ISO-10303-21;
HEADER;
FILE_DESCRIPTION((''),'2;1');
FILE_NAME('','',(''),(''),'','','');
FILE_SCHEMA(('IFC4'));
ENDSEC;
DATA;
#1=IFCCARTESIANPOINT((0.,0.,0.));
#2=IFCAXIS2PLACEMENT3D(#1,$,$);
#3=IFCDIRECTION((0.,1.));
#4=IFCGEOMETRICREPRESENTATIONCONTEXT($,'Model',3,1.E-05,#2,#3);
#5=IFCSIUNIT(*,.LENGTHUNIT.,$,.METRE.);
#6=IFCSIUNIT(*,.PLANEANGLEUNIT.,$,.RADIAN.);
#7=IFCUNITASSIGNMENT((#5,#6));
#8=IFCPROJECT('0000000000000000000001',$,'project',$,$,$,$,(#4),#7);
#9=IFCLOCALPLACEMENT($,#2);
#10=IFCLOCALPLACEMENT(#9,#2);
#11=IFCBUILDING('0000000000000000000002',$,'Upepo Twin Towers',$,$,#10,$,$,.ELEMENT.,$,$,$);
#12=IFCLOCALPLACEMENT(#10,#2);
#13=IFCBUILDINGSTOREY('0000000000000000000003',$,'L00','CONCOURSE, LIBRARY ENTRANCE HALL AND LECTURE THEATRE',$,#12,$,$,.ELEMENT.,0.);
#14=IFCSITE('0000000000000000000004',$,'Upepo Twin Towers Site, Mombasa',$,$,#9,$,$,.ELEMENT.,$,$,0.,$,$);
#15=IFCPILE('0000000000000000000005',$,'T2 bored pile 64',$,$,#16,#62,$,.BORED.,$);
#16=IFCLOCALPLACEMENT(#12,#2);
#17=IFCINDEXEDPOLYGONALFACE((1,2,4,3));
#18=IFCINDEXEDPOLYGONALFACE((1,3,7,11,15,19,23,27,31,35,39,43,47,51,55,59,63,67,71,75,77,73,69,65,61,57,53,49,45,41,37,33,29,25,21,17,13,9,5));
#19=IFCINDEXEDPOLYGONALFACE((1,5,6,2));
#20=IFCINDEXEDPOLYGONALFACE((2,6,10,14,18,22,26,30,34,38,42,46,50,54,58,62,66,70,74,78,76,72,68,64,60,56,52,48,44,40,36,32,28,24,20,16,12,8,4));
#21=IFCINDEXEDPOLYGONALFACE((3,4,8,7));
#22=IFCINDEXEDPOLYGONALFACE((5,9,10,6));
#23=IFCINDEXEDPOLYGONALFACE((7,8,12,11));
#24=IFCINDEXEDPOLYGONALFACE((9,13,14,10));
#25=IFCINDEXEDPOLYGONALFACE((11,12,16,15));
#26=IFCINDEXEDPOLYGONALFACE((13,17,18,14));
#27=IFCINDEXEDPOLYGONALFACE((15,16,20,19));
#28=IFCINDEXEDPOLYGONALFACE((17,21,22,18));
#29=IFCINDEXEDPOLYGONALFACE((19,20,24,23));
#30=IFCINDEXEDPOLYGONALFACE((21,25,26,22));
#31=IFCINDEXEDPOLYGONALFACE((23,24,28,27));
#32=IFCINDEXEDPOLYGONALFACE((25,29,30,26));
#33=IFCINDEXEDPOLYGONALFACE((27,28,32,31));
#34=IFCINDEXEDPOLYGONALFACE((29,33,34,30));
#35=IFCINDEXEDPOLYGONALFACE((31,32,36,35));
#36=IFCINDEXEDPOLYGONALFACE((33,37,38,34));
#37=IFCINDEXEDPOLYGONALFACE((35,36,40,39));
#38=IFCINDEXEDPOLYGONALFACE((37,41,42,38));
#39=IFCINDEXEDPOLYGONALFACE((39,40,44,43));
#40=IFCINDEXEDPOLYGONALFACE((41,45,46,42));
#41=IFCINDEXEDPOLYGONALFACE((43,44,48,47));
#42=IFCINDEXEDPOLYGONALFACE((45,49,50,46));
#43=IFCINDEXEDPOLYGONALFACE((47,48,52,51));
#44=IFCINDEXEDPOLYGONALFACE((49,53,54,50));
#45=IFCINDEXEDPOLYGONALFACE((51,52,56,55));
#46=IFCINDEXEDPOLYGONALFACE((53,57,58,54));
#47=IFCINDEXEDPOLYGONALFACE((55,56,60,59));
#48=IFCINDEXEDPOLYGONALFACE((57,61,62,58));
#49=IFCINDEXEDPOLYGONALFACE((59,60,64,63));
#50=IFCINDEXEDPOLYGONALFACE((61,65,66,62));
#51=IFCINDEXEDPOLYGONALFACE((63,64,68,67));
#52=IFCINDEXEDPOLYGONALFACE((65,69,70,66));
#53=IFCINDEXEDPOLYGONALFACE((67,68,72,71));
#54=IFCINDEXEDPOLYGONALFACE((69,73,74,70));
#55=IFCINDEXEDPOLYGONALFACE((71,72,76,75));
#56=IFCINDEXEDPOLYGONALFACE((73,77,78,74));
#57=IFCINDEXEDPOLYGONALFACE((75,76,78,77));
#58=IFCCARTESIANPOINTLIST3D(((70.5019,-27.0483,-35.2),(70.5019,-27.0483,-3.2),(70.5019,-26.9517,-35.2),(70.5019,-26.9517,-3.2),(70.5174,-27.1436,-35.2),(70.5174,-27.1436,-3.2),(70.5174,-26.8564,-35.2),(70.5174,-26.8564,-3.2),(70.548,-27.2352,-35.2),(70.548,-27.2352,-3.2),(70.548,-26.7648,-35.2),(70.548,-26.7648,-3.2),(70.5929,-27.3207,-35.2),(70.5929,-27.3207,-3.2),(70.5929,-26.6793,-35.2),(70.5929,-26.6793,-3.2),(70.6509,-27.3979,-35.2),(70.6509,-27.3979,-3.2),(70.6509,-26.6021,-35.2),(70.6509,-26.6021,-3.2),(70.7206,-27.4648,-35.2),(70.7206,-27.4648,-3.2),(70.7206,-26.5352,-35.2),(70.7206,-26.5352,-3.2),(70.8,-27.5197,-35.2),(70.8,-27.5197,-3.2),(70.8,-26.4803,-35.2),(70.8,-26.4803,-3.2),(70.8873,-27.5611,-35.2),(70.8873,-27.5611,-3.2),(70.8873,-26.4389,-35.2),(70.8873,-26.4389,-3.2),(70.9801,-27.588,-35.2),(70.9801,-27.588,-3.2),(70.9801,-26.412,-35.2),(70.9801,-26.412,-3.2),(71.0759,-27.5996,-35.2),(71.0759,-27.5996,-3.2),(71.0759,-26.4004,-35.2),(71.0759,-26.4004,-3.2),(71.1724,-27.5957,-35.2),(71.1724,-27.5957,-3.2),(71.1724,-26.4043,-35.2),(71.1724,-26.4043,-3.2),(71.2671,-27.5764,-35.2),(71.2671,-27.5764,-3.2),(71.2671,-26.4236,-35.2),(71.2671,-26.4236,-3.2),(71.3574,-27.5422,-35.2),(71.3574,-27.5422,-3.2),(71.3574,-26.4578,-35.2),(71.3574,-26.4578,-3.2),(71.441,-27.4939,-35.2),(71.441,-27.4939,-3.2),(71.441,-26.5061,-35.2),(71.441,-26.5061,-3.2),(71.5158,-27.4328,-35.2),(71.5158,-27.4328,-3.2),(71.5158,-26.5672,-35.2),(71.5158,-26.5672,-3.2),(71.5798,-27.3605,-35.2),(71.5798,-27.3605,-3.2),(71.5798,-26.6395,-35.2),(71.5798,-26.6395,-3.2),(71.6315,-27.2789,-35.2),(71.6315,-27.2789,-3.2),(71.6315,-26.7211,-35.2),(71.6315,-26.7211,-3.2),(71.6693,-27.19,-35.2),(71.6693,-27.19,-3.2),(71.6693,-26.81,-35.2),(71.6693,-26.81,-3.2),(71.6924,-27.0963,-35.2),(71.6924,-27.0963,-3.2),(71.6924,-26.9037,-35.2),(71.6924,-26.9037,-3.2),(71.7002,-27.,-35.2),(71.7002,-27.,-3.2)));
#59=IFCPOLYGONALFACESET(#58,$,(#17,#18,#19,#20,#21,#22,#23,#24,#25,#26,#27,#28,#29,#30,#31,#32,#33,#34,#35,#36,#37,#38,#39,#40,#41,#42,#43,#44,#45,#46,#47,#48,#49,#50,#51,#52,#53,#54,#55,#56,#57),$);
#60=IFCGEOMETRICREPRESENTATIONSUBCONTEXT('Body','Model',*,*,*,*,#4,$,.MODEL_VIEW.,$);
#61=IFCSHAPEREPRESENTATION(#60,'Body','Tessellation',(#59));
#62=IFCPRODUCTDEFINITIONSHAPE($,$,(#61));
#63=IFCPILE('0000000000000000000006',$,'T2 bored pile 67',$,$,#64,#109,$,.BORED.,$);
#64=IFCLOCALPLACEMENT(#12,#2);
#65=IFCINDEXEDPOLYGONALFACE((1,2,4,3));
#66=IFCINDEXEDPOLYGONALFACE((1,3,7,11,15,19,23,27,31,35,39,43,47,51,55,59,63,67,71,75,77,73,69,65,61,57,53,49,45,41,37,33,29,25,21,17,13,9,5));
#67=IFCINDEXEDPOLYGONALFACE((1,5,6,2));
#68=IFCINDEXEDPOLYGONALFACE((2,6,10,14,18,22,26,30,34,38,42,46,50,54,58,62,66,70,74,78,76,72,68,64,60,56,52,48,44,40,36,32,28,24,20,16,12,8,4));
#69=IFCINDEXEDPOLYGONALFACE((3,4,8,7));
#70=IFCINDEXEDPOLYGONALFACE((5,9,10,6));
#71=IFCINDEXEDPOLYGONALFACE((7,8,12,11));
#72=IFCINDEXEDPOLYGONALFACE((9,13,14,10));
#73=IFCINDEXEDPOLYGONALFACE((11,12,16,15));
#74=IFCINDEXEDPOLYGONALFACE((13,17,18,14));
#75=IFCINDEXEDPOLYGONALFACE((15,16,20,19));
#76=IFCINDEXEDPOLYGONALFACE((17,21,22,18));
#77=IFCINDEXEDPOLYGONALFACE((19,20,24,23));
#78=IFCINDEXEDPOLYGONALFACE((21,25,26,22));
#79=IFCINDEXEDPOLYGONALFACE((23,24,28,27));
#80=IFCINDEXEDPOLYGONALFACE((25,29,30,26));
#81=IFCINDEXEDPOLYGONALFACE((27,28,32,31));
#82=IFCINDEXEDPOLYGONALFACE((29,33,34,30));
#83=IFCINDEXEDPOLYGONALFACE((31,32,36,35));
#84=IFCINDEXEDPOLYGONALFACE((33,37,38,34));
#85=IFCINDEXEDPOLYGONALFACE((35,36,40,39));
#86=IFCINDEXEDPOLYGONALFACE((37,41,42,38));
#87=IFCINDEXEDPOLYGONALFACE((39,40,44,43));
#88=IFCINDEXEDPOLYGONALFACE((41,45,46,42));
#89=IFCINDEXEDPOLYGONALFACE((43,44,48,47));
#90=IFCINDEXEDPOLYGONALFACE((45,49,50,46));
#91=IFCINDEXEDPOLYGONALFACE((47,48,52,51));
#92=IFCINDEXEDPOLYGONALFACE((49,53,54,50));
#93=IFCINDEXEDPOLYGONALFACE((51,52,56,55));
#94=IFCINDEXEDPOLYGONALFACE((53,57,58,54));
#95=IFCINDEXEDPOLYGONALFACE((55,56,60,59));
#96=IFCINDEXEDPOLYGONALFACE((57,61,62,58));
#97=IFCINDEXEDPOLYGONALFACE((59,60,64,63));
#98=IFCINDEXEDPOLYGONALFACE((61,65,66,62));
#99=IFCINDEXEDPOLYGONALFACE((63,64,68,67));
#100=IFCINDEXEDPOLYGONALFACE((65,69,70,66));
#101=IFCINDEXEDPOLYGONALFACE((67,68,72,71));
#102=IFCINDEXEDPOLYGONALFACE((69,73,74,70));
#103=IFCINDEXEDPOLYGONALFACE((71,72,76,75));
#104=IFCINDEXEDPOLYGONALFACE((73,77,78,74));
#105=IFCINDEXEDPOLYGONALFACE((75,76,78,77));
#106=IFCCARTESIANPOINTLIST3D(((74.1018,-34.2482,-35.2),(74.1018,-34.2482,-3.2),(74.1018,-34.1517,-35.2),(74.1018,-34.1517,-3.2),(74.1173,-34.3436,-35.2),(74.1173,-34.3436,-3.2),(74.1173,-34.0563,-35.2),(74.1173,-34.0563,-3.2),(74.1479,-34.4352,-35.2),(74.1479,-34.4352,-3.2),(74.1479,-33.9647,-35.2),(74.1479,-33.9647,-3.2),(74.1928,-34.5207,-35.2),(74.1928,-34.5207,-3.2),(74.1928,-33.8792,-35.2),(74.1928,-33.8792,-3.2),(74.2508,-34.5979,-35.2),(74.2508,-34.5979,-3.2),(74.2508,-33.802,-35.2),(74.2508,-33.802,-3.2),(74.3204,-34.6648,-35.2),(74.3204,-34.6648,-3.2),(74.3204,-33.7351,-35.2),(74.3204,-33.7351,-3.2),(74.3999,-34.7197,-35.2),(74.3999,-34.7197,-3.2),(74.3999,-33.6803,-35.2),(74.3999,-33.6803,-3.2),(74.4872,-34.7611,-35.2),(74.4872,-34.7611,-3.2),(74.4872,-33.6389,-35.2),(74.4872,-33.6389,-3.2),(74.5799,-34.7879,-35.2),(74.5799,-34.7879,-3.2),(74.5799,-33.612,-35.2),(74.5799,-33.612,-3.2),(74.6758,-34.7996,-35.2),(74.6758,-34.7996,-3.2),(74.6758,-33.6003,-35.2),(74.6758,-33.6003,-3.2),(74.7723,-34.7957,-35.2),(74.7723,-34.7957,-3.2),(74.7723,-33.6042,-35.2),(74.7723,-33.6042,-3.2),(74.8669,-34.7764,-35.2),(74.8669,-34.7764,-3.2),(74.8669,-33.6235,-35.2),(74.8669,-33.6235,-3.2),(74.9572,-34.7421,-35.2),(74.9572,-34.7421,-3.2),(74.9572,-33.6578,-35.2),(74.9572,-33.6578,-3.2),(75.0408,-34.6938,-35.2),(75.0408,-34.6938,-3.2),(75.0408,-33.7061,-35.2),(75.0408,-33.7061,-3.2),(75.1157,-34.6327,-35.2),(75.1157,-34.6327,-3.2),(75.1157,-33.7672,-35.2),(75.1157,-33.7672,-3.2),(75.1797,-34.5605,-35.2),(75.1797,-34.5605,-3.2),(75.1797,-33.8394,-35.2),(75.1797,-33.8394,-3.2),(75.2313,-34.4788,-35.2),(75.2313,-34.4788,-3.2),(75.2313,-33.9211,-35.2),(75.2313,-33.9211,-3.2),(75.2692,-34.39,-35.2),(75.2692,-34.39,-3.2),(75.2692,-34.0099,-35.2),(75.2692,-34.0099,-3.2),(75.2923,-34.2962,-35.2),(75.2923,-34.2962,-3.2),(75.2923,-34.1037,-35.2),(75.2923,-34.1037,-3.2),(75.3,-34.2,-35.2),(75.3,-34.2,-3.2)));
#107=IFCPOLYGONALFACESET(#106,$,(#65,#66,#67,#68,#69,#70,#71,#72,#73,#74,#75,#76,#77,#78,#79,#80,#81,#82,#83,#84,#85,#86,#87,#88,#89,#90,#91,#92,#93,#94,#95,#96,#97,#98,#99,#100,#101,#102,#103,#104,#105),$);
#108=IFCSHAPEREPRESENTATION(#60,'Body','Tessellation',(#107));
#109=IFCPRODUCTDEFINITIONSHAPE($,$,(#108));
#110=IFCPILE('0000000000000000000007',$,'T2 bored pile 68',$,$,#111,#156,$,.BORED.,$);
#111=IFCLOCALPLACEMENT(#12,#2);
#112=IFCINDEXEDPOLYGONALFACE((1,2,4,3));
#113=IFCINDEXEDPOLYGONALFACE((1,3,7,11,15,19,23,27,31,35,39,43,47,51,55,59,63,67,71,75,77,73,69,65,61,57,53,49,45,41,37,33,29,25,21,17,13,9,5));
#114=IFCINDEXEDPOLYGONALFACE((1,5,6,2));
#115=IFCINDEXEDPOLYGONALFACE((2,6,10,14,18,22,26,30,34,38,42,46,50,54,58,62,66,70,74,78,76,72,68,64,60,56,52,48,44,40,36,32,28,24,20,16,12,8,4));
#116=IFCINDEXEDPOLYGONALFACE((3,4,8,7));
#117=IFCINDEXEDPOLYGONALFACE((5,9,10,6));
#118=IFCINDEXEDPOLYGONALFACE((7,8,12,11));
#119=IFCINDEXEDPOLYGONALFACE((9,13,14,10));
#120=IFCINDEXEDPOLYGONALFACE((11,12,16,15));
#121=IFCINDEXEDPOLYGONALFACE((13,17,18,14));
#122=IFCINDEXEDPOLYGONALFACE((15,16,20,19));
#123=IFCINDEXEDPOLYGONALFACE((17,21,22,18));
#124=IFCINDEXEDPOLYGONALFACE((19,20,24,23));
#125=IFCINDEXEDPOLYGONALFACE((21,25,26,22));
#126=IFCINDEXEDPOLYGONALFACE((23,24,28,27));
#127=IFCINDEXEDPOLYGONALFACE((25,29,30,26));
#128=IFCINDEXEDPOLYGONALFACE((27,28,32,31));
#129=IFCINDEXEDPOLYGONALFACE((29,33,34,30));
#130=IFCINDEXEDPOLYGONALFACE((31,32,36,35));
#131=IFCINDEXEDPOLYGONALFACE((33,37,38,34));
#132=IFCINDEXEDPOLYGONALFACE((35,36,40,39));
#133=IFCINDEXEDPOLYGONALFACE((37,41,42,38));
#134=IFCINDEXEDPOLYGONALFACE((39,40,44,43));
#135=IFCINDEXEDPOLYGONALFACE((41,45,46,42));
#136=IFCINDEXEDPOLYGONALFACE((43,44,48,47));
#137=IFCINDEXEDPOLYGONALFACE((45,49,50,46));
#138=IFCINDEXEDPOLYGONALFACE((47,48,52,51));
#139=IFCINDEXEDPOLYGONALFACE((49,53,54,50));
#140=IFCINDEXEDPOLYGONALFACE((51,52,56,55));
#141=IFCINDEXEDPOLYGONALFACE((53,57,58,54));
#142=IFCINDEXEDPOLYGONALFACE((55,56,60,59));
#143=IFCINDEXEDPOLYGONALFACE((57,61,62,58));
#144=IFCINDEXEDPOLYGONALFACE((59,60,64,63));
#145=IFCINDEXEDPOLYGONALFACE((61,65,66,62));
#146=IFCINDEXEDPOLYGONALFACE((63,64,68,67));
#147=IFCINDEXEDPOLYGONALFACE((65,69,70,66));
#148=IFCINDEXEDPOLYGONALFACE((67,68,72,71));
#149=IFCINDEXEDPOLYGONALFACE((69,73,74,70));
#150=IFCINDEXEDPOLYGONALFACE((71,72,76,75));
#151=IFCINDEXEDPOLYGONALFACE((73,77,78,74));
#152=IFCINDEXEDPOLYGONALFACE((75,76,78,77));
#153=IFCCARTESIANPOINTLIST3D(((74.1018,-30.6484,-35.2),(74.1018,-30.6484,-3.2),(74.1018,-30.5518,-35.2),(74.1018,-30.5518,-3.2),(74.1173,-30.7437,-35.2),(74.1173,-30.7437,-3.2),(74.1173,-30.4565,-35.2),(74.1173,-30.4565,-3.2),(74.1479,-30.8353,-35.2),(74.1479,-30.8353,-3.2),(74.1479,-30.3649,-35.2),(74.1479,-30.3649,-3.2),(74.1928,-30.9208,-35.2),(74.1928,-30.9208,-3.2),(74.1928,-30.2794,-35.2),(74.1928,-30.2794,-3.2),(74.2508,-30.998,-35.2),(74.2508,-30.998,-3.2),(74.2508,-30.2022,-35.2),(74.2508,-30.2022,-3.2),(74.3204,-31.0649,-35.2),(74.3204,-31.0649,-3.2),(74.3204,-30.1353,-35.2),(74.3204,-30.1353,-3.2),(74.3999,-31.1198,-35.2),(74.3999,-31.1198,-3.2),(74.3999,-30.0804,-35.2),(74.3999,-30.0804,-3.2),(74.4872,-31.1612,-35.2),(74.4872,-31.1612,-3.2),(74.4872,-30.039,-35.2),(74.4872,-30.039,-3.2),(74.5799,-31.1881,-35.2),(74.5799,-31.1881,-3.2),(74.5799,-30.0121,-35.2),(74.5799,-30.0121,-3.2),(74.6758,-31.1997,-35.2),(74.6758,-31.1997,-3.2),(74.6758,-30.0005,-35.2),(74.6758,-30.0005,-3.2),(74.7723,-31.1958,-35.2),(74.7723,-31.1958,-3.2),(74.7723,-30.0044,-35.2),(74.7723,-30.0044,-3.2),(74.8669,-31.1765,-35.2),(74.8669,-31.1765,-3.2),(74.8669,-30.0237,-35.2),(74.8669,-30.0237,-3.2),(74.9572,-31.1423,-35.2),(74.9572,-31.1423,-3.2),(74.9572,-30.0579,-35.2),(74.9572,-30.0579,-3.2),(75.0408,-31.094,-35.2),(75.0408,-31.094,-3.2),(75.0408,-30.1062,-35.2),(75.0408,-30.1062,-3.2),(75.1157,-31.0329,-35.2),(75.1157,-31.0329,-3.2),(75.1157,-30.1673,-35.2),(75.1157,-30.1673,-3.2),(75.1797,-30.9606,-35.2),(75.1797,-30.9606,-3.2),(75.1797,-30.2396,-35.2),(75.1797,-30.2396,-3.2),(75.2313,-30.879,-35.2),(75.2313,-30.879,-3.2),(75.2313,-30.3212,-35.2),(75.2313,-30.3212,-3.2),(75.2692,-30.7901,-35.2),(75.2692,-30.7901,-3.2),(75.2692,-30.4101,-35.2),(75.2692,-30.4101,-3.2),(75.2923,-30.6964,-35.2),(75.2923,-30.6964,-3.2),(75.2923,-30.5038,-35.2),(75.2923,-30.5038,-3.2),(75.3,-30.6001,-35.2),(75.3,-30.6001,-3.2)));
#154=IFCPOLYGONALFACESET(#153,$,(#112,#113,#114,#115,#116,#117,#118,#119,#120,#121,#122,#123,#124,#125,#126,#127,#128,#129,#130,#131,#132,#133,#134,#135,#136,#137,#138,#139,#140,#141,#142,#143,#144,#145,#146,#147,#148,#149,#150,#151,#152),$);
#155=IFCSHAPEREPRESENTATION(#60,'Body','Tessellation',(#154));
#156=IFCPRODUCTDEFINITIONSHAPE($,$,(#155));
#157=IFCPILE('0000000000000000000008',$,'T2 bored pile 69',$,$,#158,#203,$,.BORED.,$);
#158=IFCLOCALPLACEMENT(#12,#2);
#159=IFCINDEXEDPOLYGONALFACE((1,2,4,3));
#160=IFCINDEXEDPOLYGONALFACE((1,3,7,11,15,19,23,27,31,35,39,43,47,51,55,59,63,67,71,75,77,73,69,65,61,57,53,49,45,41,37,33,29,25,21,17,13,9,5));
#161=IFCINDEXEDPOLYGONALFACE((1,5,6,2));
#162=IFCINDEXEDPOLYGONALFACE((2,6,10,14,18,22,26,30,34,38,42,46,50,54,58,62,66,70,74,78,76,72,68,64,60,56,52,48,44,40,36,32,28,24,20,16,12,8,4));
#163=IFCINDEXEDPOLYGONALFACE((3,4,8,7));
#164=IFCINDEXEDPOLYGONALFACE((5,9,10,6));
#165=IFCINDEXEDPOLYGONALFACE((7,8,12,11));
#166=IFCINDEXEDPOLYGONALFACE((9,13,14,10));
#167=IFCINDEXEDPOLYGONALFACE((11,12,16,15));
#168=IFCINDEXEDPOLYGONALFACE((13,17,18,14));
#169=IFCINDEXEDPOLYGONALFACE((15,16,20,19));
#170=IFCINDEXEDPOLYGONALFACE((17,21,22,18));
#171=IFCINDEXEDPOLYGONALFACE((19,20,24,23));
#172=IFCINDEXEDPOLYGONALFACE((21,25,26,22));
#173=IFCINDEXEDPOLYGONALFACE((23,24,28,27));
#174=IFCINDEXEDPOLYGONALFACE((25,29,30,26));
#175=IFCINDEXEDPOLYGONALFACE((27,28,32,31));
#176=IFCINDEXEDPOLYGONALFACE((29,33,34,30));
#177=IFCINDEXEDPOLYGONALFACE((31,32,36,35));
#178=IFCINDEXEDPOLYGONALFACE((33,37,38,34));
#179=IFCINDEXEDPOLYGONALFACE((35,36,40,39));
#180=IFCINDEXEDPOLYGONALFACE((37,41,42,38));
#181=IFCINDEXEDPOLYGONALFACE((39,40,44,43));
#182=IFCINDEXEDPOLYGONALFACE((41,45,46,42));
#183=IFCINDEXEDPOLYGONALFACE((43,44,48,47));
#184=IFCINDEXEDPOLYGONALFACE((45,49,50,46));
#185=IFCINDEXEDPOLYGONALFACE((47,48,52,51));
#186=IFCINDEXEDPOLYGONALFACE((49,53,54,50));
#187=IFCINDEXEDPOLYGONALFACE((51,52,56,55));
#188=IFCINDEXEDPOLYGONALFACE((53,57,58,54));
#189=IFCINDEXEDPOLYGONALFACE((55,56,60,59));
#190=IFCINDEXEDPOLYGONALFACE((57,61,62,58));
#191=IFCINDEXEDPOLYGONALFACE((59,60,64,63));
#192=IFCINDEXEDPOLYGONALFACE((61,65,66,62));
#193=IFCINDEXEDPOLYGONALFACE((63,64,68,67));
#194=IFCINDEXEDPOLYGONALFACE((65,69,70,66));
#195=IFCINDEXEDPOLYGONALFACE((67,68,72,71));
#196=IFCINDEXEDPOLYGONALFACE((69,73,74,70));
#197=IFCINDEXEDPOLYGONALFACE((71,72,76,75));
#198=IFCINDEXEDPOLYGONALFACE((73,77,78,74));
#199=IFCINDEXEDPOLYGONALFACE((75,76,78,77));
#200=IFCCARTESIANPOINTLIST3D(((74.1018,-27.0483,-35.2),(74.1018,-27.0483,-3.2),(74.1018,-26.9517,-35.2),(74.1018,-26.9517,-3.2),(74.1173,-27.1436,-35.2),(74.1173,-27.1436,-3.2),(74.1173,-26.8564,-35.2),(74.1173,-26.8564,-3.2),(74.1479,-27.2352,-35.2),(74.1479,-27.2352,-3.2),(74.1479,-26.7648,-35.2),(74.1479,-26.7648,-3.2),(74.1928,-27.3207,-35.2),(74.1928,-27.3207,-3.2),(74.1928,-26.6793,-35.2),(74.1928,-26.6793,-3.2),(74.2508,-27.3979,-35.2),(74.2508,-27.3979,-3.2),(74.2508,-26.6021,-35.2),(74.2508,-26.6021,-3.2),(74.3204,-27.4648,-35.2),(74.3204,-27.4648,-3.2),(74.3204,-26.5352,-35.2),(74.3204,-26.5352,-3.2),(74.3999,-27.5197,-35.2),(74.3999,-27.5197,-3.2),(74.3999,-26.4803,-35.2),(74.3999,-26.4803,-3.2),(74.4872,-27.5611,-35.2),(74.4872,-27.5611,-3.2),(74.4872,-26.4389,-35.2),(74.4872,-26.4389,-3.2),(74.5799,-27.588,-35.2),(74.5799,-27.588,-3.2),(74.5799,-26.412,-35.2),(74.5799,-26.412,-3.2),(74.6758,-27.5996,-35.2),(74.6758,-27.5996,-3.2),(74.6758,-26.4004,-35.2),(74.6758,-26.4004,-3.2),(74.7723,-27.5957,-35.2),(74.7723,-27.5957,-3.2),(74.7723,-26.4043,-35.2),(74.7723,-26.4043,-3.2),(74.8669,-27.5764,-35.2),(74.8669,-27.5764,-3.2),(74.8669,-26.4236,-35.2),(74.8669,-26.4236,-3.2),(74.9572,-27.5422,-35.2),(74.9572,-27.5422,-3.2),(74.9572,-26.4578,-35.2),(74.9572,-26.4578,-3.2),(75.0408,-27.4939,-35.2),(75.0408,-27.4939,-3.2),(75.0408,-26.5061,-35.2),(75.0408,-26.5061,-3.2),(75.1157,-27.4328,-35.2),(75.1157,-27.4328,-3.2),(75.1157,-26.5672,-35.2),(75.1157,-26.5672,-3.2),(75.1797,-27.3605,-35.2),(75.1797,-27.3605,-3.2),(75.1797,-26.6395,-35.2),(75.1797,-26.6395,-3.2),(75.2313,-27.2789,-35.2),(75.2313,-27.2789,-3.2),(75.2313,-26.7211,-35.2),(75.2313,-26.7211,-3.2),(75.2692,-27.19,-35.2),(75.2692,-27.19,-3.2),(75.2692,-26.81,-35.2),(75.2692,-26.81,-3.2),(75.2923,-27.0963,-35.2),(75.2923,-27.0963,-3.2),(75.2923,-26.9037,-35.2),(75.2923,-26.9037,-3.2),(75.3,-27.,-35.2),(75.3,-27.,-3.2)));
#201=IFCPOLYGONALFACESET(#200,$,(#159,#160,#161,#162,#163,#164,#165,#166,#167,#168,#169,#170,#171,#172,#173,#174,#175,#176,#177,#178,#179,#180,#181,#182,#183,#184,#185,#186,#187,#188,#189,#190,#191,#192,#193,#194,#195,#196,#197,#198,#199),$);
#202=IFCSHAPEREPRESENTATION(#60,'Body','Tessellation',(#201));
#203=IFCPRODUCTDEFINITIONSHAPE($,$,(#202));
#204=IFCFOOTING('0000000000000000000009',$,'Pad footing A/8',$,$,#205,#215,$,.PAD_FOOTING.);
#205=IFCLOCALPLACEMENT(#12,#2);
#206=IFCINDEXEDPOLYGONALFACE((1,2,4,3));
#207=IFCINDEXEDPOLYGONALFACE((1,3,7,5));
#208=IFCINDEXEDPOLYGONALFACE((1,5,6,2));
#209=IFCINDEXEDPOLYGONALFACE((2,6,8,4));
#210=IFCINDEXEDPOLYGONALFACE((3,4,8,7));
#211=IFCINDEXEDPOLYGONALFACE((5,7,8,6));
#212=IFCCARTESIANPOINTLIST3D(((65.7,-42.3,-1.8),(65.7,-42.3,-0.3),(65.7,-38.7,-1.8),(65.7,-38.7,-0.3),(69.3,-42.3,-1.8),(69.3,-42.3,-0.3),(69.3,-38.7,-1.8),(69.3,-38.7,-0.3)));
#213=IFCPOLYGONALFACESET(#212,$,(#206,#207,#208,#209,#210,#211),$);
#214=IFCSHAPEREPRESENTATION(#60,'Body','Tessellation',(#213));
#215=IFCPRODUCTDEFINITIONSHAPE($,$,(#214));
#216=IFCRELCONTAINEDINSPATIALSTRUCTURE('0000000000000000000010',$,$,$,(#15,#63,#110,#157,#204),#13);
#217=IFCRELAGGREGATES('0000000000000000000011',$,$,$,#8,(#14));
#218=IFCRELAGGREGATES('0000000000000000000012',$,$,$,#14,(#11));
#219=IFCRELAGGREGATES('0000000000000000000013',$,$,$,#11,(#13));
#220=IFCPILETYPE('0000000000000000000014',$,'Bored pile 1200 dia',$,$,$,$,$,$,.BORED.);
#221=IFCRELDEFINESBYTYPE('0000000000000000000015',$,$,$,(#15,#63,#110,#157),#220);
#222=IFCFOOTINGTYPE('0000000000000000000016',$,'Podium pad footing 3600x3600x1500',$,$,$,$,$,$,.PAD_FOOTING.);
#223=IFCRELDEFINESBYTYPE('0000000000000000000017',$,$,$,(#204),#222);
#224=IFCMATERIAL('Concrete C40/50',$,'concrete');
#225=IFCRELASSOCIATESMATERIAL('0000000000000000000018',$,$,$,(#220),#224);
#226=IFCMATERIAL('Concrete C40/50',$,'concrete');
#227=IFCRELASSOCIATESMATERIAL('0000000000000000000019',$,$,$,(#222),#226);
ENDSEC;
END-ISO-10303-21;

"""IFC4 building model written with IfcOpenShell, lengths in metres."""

from ifc_helpers import new_model, si_unit, direction, frame, origin, origin_2d, place, context, subcontext, project, spatial, rectangle, circle, extrude, material, type_object, element, save


model = new_model("IFC4")

# Units and contexts
model_context = context("Model", 3, precision=1e-05, world=origin(), true_north=direction((0.0, 1.0)))
body_context = subcontext(model_context, "Body", "Model", "MODEL_VIEW")
ifc_project = project(units=[si_unit("LENGTHUNIT", "METRE"), si_unit("PLANEANGLEUNIT", "RADIAN")], contexts=[model_context])

# Site, building, storey
site_placement = place(None, origin())
site = spatial("IfcSite", under=ifc_project, at=site_placement, Name="Upepo Twin Towers Site, Mombasa", CompositionType="ELEMENT", RefElevation=0.0)
building_placement = place(site_placement, origin())
building = spatial("IfcBuilding", under=site, at=building_placement, Name="Upepo Twin Towers", CompositionType="ELEMENT")
storey_placement = place(building_placement, origin())
storey = spatial("IfcBuildingStorey", under=building, at=storey_placement, Name="L00", Description="CONCOURSE, LIBRARY ENTRANCE HALL AND LECTURE THEATRE", CompositionType="ELEMENT", Elevation=0.0)

# Piles
ifc_material_1 = material(Name="Concrete C40/50", Category="concrete")
pile_type = type_object("IfcPileType", Name="Bored pile 1200 dia", PredefinedType="BORED", material=ifc_material_1)
for number, where, z_axis, x_axis, name in (
    (1, (71.1001, -27.0, -3.2), (0.0, 0.0, -1.0), (1.0, 0.0, 0.0), "T2 bored pile 64"),
    (2, (74.7, -34.2, -3.2), (0.0, 0.0, -1.0), (1.0, 0.0, 0.0), "T2 bored pile 67"),
    (3, (74.7, -30.6001, -3.2), (0.0, 0.0, -1.0), (1.0, 0.0, 0.0), "T2 bored pile 68"),
    (4, (74.7, -27.0, -3.2), (0.0, 0.0, -1.0), (1.0, 0.0, 0.0), "T2 bored pile 69"),
):
    element("IfcPile", number, at=place(storey_placement, frame(where, z_axis=z_axis, x_axis=x_axis)), inside=storey, type_object=pile_type, Name=name, PredefinedType="BORED", context=body_context, shape_type="SweptSolid", body=[
        extrude(circle(Radius=0.6001, at=origin_2d()), origin(), (0.0, 0.0, 1.0), 32.0),
    ])

# Footing
ifc_material_2 = material(Name="Concrete C40/50", Category="concrete")
footing_type = type_object("IfcFootingType", Name="Podium pad footing 3600x3600x1500", PredefinedType="PAD_FOOTING", material=ifc_material_2)
footing_placement = place(storey_placement, frame((67.5, -40.5, -1.8), z_axis=(0.0, 0.0, 1.0), x_axis=(1.0, 0.0, 0.0)))
element("IfcFooting", 5, at=footing_placement, inside=storey, type_object=footing_type, Name="Pad footing A/8", PredefinedType="PAD_FOOTING", context=body_context, shape_type="SweptSolid", body=[
    extrude(rectangle(XDim=3.6001, YDim=3.6001, at=origin_2d()), origin(), (0.0, 0.0, 1.0), 1.5),
])

save(model, "model.ifc")
